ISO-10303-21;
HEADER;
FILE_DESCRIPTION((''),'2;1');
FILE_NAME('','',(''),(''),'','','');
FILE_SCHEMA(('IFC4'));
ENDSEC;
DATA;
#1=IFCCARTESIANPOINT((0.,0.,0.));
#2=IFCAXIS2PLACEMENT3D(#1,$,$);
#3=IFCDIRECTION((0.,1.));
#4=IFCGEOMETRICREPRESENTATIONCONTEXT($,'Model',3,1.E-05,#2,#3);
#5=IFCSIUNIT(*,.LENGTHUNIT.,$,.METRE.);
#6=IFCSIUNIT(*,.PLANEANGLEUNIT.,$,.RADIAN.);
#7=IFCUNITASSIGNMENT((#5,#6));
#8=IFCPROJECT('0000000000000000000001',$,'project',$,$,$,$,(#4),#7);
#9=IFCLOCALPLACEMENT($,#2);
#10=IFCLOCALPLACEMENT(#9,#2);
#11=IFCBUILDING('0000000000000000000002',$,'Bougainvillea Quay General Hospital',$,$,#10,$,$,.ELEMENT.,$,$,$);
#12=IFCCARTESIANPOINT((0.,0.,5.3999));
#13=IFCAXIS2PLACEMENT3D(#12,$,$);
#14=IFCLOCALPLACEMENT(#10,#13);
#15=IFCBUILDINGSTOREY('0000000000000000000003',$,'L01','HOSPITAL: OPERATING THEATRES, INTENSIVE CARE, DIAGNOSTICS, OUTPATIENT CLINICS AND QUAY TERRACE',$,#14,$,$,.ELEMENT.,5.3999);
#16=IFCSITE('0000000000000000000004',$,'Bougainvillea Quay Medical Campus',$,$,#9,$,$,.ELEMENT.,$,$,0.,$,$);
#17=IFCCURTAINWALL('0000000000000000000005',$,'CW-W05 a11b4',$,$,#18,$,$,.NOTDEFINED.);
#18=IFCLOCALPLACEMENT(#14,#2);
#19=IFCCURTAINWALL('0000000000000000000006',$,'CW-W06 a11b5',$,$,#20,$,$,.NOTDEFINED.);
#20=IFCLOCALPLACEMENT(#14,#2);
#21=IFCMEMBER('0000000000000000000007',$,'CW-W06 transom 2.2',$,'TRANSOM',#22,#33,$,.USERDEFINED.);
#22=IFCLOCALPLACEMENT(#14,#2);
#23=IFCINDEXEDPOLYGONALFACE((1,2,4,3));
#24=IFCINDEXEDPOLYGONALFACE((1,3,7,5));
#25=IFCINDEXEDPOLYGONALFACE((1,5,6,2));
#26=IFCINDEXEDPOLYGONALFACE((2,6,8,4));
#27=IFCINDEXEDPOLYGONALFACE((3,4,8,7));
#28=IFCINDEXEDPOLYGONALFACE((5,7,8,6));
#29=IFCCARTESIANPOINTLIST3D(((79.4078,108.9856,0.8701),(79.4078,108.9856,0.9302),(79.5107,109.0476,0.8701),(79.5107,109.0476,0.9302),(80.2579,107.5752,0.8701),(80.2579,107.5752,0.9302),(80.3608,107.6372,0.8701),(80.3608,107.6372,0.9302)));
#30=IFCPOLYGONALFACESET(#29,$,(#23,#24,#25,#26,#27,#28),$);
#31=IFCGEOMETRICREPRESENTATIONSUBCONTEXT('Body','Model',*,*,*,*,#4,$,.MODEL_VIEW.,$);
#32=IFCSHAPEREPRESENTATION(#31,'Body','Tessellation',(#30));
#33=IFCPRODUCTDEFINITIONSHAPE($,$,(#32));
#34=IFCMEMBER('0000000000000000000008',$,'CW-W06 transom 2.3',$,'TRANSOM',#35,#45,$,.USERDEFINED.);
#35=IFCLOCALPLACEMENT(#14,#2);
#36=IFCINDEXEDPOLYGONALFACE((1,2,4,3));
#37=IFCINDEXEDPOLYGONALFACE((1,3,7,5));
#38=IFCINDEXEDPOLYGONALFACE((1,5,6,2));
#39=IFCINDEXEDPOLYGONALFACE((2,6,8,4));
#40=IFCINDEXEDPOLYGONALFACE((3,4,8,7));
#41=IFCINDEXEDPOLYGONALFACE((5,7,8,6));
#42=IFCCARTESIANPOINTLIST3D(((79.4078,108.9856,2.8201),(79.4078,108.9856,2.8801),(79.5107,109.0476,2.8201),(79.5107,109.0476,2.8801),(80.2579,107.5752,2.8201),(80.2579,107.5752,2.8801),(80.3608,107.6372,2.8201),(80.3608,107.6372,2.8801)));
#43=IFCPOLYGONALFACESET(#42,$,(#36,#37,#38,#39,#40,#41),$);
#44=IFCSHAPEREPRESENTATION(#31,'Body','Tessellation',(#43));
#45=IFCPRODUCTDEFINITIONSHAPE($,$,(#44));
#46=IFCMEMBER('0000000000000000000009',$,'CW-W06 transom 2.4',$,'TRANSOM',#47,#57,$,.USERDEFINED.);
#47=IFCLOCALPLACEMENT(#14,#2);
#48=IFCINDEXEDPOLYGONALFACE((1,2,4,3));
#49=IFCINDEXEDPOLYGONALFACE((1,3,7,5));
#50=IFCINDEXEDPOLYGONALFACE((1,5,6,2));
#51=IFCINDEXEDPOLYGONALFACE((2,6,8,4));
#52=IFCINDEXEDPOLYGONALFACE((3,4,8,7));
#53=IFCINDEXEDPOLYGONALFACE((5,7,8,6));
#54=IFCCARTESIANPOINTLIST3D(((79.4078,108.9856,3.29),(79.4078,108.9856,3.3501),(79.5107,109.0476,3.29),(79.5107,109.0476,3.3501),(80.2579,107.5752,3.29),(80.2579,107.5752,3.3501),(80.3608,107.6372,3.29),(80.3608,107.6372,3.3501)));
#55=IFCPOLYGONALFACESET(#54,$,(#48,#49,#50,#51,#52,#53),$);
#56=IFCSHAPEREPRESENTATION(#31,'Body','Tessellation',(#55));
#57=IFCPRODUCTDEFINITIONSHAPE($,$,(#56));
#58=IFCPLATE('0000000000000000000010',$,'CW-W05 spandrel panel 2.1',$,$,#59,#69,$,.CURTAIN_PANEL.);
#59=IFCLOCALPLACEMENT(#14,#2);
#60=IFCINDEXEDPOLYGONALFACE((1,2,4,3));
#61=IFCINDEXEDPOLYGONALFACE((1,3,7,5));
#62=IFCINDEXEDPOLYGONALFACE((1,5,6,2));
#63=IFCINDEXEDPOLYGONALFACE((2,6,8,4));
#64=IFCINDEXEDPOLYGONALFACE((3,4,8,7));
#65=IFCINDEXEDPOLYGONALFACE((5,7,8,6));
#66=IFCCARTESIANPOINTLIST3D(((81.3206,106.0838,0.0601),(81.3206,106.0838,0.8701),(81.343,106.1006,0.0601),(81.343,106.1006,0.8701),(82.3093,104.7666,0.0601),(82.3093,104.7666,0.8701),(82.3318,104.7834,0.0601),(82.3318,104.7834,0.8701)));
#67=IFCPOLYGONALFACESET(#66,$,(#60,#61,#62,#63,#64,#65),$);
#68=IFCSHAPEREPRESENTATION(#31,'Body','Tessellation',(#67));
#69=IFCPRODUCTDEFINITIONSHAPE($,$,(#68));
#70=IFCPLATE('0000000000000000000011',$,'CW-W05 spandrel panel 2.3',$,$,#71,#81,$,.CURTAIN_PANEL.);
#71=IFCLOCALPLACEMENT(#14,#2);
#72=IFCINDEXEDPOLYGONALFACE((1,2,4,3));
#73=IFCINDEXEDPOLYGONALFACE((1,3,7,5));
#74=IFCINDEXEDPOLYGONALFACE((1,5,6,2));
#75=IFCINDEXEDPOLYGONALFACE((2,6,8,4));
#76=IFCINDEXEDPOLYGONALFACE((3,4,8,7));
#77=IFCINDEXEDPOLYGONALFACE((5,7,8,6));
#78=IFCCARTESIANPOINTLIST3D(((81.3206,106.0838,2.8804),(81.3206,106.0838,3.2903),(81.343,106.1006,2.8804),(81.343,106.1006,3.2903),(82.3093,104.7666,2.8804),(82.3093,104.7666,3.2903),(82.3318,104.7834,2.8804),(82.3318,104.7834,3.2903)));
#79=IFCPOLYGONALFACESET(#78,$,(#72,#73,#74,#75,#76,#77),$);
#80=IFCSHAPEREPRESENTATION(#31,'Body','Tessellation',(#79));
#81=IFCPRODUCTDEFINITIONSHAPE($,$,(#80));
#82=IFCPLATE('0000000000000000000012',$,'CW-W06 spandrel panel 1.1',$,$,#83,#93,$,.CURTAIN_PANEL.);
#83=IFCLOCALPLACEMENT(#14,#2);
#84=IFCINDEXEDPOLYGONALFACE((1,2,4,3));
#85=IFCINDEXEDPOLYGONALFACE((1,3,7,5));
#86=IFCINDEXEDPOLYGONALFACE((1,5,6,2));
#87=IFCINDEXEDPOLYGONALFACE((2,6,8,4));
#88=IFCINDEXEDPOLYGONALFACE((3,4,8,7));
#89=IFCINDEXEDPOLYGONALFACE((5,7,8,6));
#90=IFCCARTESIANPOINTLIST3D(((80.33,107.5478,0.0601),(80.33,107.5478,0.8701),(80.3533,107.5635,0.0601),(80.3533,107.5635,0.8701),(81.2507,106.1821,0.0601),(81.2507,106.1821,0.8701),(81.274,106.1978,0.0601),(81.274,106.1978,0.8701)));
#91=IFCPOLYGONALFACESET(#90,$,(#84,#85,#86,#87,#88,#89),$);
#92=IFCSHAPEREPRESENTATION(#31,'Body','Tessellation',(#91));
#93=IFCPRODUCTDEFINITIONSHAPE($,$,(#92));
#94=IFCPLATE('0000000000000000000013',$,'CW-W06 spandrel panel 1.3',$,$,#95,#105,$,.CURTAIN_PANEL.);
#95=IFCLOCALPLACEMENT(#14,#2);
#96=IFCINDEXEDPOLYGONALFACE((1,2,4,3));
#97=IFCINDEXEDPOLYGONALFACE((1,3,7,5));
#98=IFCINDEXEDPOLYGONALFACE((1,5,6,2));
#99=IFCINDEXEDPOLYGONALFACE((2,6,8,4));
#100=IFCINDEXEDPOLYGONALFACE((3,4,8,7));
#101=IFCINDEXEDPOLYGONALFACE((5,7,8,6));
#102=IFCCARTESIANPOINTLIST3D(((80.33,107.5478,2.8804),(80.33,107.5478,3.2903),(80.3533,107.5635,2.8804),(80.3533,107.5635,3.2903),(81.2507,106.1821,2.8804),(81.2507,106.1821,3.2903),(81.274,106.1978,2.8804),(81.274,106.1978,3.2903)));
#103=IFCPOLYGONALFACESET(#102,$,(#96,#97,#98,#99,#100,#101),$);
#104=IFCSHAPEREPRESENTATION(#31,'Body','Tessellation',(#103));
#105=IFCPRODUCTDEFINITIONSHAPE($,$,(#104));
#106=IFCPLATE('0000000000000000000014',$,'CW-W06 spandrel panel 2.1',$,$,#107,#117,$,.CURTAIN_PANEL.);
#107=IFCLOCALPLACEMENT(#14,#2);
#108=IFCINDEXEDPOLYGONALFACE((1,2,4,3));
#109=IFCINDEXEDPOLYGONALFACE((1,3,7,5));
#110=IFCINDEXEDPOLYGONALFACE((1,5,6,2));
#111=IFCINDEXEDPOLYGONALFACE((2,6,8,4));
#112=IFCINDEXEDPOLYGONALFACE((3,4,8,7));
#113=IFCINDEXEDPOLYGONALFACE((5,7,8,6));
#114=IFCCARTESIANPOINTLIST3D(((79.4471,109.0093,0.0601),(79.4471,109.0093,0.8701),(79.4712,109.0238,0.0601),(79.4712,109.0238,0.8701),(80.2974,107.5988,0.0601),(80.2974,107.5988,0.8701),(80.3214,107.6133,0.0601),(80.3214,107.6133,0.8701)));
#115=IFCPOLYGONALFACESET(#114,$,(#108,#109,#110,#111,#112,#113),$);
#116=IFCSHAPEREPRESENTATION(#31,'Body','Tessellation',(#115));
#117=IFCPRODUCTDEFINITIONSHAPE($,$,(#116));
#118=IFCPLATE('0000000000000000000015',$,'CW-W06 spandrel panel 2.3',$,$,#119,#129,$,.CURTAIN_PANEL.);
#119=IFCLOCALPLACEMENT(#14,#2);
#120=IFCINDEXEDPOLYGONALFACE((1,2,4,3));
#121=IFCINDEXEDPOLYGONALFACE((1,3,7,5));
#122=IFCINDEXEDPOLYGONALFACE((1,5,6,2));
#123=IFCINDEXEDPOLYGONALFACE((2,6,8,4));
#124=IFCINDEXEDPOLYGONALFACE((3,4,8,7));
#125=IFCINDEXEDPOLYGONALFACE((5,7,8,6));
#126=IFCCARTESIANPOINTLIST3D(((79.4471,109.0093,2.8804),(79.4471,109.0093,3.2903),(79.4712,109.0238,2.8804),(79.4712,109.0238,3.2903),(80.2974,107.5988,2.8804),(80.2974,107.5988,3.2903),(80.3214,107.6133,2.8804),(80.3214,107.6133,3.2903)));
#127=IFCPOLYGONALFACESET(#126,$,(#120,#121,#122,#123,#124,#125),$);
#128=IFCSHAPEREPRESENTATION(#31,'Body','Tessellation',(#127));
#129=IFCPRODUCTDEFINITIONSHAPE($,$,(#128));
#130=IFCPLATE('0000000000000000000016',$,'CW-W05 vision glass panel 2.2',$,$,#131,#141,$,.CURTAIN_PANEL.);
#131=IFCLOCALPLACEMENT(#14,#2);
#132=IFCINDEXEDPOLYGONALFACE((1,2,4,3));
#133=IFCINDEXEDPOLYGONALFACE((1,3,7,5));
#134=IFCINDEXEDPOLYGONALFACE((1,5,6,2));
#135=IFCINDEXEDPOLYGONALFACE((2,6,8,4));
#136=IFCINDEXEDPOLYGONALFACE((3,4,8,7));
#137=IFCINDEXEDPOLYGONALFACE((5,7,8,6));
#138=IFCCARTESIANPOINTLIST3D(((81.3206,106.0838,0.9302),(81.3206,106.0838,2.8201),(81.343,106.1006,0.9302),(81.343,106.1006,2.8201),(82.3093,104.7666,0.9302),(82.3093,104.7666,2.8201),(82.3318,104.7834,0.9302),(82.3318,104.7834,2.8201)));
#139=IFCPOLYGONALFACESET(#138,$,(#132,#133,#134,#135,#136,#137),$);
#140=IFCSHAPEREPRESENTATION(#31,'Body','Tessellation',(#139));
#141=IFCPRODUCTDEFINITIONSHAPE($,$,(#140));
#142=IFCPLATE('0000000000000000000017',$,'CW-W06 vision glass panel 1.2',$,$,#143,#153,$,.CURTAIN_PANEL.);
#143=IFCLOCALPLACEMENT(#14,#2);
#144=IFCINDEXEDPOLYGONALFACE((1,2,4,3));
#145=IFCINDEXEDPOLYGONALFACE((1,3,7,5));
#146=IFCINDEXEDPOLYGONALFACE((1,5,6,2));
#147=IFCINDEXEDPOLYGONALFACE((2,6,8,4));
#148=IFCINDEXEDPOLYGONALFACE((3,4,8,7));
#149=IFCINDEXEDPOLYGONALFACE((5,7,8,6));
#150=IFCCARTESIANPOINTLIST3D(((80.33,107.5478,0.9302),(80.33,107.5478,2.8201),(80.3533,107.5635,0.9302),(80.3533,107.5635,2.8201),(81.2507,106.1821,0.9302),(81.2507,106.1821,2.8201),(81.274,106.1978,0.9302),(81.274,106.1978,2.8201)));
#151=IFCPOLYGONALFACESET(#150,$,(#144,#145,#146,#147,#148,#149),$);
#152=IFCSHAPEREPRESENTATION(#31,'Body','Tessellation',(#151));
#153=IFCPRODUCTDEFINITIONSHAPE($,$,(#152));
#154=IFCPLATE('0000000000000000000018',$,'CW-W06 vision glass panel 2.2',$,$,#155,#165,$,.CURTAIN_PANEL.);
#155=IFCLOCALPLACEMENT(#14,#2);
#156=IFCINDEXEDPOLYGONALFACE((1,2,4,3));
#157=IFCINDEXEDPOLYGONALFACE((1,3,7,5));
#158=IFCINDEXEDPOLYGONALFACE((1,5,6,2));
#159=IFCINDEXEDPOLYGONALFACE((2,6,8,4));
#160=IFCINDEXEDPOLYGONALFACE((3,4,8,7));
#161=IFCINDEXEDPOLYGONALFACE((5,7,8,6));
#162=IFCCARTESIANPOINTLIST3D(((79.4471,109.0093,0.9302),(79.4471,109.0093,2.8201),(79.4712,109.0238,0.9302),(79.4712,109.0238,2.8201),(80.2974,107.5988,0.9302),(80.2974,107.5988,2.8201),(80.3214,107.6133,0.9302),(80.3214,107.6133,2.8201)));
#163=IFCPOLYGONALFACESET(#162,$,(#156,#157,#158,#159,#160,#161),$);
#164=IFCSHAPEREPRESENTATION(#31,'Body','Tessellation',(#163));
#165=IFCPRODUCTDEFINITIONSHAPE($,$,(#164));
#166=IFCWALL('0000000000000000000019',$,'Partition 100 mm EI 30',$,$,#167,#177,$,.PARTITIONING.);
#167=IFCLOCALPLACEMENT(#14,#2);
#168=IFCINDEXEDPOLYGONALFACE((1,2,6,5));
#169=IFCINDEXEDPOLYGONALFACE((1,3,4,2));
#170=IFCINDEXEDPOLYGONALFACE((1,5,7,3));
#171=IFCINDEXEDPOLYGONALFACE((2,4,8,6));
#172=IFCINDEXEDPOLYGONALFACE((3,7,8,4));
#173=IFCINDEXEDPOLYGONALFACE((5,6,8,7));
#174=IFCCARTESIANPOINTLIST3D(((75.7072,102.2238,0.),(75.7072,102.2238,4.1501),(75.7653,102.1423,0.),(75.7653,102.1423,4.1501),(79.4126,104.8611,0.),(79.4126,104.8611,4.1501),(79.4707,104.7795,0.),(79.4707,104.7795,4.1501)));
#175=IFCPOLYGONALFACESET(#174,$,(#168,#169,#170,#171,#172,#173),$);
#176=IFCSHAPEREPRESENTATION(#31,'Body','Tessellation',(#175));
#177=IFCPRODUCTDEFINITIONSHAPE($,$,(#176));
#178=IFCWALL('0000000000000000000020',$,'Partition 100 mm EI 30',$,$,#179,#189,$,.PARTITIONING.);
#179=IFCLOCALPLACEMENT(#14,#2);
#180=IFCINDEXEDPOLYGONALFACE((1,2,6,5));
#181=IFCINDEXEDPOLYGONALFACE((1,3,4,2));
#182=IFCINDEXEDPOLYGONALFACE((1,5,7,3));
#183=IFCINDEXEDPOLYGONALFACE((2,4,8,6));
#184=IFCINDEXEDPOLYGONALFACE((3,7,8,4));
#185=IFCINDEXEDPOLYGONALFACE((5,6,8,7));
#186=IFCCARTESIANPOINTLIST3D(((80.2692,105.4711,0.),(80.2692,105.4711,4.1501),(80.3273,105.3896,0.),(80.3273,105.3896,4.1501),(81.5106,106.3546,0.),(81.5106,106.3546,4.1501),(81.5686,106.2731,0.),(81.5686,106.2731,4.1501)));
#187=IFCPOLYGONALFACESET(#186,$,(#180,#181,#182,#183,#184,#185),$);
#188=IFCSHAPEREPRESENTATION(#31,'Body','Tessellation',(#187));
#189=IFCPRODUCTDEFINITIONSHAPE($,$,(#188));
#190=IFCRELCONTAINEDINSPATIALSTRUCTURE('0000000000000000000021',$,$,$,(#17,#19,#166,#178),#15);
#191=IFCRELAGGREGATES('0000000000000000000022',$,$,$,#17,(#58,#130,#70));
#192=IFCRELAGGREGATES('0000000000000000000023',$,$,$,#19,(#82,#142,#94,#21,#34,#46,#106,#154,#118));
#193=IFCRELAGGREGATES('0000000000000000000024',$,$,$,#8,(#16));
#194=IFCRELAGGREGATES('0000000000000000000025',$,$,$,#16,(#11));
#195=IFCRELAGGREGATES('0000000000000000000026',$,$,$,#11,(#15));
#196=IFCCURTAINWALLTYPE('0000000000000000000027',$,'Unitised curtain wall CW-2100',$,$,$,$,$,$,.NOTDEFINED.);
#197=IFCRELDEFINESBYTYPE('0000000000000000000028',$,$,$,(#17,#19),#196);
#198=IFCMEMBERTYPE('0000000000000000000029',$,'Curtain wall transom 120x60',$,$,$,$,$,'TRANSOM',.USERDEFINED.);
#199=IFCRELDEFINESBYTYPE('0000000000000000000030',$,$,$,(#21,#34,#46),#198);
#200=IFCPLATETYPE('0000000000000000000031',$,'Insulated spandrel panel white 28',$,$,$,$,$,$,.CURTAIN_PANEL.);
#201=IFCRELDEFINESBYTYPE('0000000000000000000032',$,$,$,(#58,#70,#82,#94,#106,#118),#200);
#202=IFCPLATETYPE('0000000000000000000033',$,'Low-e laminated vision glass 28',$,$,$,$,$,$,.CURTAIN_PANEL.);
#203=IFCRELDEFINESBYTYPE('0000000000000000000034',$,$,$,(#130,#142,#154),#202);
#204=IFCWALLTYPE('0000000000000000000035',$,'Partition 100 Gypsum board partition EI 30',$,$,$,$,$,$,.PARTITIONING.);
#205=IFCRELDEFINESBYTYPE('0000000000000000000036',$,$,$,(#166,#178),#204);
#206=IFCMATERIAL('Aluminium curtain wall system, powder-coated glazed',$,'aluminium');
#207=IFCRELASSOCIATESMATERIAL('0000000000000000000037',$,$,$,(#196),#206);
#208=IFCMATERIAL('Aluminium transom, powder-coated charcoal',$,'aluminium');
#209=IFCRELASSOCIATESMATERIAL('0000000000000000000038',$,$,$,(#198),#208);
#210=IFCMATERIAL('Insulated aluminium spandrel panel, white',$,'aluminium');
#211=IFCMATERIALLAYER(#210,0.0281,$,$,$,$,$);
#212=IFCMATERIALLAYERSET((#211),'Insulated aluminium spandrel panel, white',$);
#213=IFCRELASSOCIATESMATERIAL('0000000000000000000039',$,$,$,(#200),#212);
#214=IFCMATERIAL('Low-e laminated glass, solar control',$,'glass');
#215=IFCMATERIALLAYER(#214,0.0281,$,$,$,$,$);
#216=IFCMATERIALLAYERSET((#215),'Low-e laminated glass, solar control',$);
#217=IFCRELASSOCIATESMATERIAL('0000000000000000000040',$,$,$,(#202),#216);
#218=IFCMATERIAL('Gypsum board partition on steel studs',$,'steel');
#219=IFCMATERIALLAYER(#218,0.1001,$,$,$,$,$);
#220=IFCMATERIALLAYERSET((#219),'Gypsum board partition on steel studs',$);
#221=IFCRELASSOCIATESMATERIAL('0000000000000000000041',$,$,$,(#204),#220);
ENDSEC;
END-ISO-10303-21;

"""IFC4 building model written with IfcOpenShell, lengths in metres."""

from ifc_helpers import new_model, si_unit, direction, frame, frame_2d, origin, origin_2d, place, context, subcontext, project, spatial, rectangle, extrude, material, layer, layer_set, material_profile, profile_set, type_object, element, aggregate, save


model = new_model("IFC4")

# Units and contexts
model_context = context("Model", 3, precision=1e-05, world=origin(), true_north=direction((0.0, 1.0)))
body_context = subcontext(model_context, "Body", "Model", "MODEL_VIEW")
ifc_project = project(units=[si_unit("LENGTHUNIT", "METRE"), si_unit("PLANEANGLEUNIT", "RADIAN")], contexts=[model_context])

# Site, building, storey
site_placement = place(None, origin())
site = spatial("IfcSite", under=ifc_project, at=site_placement, Name="Bougainvillea Quay Medical Campus", CompositionType="ELEMENT", RefElevation=0.0)
building_placement = place(site_placement, origin())
building = spatial("IfcBuilding", under=site, at=building_placement, Name="Bougainvillea Quay General Hospital", CompositionType="ELEMENT")
storey_placement = place(building_placement, frame((0.0, 0.0, 5.3999)))
storey = spatial("IfcBuildingStorey", under=building, at=storey_placement, Name="L01", Description="HOSPITAL: OPERATING THEATRES, INTENSIVE CARE, DIAGNOSTICS, OUTPATIENT CLINICS AND QUAY TERRACE", CompositionType="ELEMENT", Elevation=5.3999)

# Curtain wall
ifc_material_1 = material(Name="Aluminium curtain wall system, powder-coated glazed", Category="aluminium")
curtain_wall_type = type_object("IfcCurtainWallType", Name="Unitised curtain wall CW-2100", PredefinedType="NOTDEFINED", material=ifc_material_1)
curtain_wall_1_placement = place(storey_placement, origin())
curtain_wall_1 = element("IfcCurtainWall", 1, at=curtain_wall_1_placement, inside=storey, type_object=curtain_wall_type, Name="CW-W05 a11b4", PredefinedType="NOTDEFINED")

# Curtain wall
curtain_wall_2_placement = place(storey_placement, origin())
curtain_wall_2 = element("IfcCurtainWall", 2, at=curtain_wall_2_placement, inside=storey, type_object=curtain_wall_type, Name="CW-W06 a11b5", PredefinedType="NOTDEFINED")

# Members
ifc_material_2 = material(Name="Aluminium transom, powder-coated charcoal", Category="aluminium")
ifc_material_profile_1 = material_profile(ifc_material_2, rectangle(XDim=0.1201, YDim=0.0601, at=origin_2d()))
ifc_profile_set_1 = profile_set([ifc_material_profile_1], Name="Aluminium transom, powder-coated charcoal")
member_type_1 = type_object("IfcMemberType", Name="Curtain wall transom 120x60", ElementType="TRANSOM", PredefinedType="USERDEFINED", material=ifc_profile_set_1)
member_1_placement = place(storey_placement, frame((80.3093, 107.6062, 0.9001), z_axis=(-0.516217, 0.856458, 0.0), x_axis=(-0.856458, -0.516217, 0.0)))
member_1 = element("IfcMember", 3, at=member_1_placement, type_object=member_type_1, Name="CW-W06 transom 2.2", ObjectType="TRANSOM", PredefinedType="USERDEFINED", context=body_context, shape_type="SweptSolid", body=[
    extrude(rectangle(XDim=0.1201, YDim=0.0601, at=origin_2d()), origin(), (0.0, 0.0, 1.0), 1.6467),
])
member_2_placement = place(storey_placement, frame((80.3093, 107.6062, 2.8501), z_axis=(-0.516217, 0.856458, 0.0), x_axis=(-0.856458, -0.516217, 0.0)))
member_2 = element("IfcMember", 4, at=member_2_placement, type_object=member_type_1, Name="CW-W06 transom 2.3", ObjectType="TRANSOM", PredefinedType="USERDEFINED", context=body_context, shape_type="SweptSolid", body=[
    extrude(rectangle(XDim=0.1201, YDim=0.0601, at=origin_2d()), origin(), (0.0, 0.0, 1.0), 1.6467),
])
member_3_placement = place(storey_placement, frame((80.3093, 107.6062, 3.3201), z_axis=(-0.516217, 0.856458, 0.0), x_axis=(-0.856458, -0.516217, 0.0)))
member_3 = element("IfcMember", 5, at=member_3_placement, type_object=member_type_1, Name="CW-W06 transom 2.4", ObjectType="TRANSOM", PredefinedType="USERDEFINED", context=body_context, shape_type="SweptSolid", body=[
    extrude(rectangle(XDim=0.1201, YDim=0.0601, at=origin_2d()), origin(), (0.0, 0.0, 1.0), 1.6467),
])

# Plates
ifc_material_3 = material(Name="Insulated aluminium spandrel panel, white", Category="aluminium")
ifc_layer_1 = layer(ifc_material_3, 0.0281)
ifc_layer_set_1 = layer_set([ifc_layer_1], Name="Insulated aluminium spandrel panel, white")
plate_type_1 = type_object("IfcPlateType", Name="Insulated spandrel panel white 28", PredefinedType="CURTAIN_PANEL", material=ifc_layer_set_1)
plate_1_placement = place(storey_placement, frame((81.8262, 105.4336, 0.0601), z_axis=(0.0, 0.0, 1.0), x_axis=(-0.600323, 0.799758, 0.0)))
plate_1 = element("IfcPlate", 6, at=plate_1_placement, type_object=plate_type_1, Name="CW-W05 spandrel panel 2.1", PredefinedType="CURTAIN_PANEL", context=body_context, shape_type="SweptSolid", body=[
    extrude(rectangle(XDim=1.647, YDim=0.0281, at=origin_2d()), origin(), (0.0, 0.0, 1.0), 0.8101),
])
plate_2_placement = place(storey_placement, frame((81.8262, 105.4336, 2.8804), z_axis=(0.0, 0.0, 1.0), x_axis=(-0.600323, 0.799758, 0.0)))
plate_2 = element("IfcPlate", 7, at=plate_2_placement, type_object=plate_type_1, Name="CW-W05 spandrel panel 2.3", PredefinedType="CURTAIN_PANEL", context=body_context, shape_type="SweptSolid", body=[
    extrude(rectangle(XDim=1.647, YDim=0.0281, at=origin_2d()), origin(), (0.0, 0.0, 1.0), 0.4099),
])
plate_3_placement = place(storey_placement, frame((80.802, 106.8728, 0.0601), z_axis=(0.0, 0.0, 1.0), x_axis=(-0.559005, 0.829164, 0.0)))
plate_3 = element("IfcPlate", 8, at=plate_3_placement, type_object=plate_type_1, Name="CW-W06 spandrel panel 1.1", PredefinedType="CURTAIN_PANEL", context=body_context, shape_type="SweptSolid", body=[
    extrude(rectangle(XDim=1.647, YDim=0.0281, at=origin_2d()), origin(), (0.0, 0.0, 1.0), 0.8101),
])
plate_4_placement = place(storey_placement, frame((80.802, 106.8728, 2.8804), z_axis=(0.0, 0.0, 1.0), x_axis=(-0.559005, 0.829164, 0.0)))
plate_4 = element("IfcPlate", 9, at=plate_4_placement, type_object=plate_type_1, Name="CW-W06 spandrel panel 1.3", PredefinedType="CURTAIN_PANEL", context=body_context, shape_type="SweptSolid", body=[
    extrude(rectangle(XDim=1.647, YDim=0.0281, at=origin_2d()), origin(), (0.0, 0.0, 1.0), 0.4099),
])
plate_5_placement = place(storey_placement, frame((79.8843, 108.3113, 0.0601), z_axis=(0.0, 0.0, 1.0), x_axis=(-0.516249, 0.856438, 0.0)))
plate_5 = element("IfcPlate", 10, at=plate_5_placement, type_object=plate_type_1, Name="CW-W06 spandrel panel 2.1", PredefinedType="CURTAIN_PANEL", context=body_context, shape_type="SweptSolid", body=[
    extrude(rectangle(XDim=1.647, YDim=0.0281, at=origin_2d()), origin(), (0.0, 0.0, 1.0), 0.8101),
])
plate_6_placement = place(storey_placement, frame((79.8843, 108.3113, 2.8804), z_axis=(0.0, 0.0, 1.0), x_axis=(-0.516249, 0.856438, 0.0)))
plate_6 = element("IfcPlate", 11, at=plate_6_placement, type_object=plate_type_1, Name="CW-W06 spandrel panel 2.3", PredefinedType="CURTAIN_PANEL", context=body_context, shape_type="SweptSolid", body=[
    extrude(rectangle(XDim=1.647, YDim=0.0281, at=origin_2d()), origin(), (0.0, 0.0, 1.0), 0.4099),
])
ifc_material_4 = material(Name="Low-e laminated glass, solar control", Category="glass")
ifc_layer_2 = layer(ifc_material_4, 0.0281)
ifc_layer_set_2 = layer_set([ifc_layer_2], Name="Low-e laminated glass, solar control")
plate_type_2 = type_object("IfcPlateType", Name="Low-e laminated vision glass 28", PredefinedType="CURTAIN_PANEL", material=ifc_layer_set_2)
plate_7_placement = place(storey_placement, frame((81.8262, 105.4336, 0.9302), z_axis=(0.0, 0.0, 1.0), x_axis=(-0.600323, 0.799758, 0.0)))
plate_7 = element("IfcPlate", 12, at=plate_7_placement, type_object=plate_type_2, Name="CW-W05 vision glass panel 2.2", PredefinedType="CURTAIN_PANEL", context=body_context, shape_type="SweptSolid", body=[
    extrude(rectangle(XDim=1.647, YDim=0.0281, at=origin_2d()), origin(), (0.0, 0.0, 1.0), 1.8899),
])
aggregate(curtain_wall_1, [plate_1, plate_7, plate_2])
plate_8_placement = place(storey_placement, frame((80.802, 106.8728, 0.9302), z_axis=(0.0, 0.0, 1.0), x_axis=(-0.559005, 0.829164, 0.0)))
plate_8 = element("IfcPlate", 13, at=plate_8_placement, type_object=plate_type_2, Name="CW-W06 vision glass panel 1.2", PredefinedType="CURTAIN_PANEL", context=body_context, shape_type="SweptSolid", body=[
    extrude(rectangle(XDim=1.647, YDim=0.0281, at=origin_2d()), origin(), (0.0, 0.0, 1.0), 1.8899),
])
plate_9_placement = place(storey_placement, frame((79.8843, 108.3113, 0.9302), z_axis=(0.0, 0.0, 1.0), x_axis=(-0.516249, 0.856438, 0.0)))
plate_9 = element("IfcPlate", 14, at=plate_9_placement, type_object=plate_type_2, Name="CW-W06 vision glass panel 2.2", PredefinedType="CURTAIN_PANEL", context=body_context, shape_type="SweptSolid", body=[
    extrude(rectangle(XDim=1.647, YDim=0.0281, at=origin_2d()), origin(), (0.0, 0.0, 1.0), 1.8899),
])
aggregate(curtain_wall_2, [plate_3, plate_8, plate_4, member_1, member_2, member_3, plate_5, plate_9, plate_6])

# Walls
ifc_material_5 = material(Name="Gypsum board partition on steel studs", Category="steel")
ifc_layer_3 = layer(ifc_material_5, 0.1001)
ifc_layer_set_3 = layer_set([ifc_layer_3], Name="Gypsum board partition on steel studs")
wall_type_1 = type_object("IfcWallType", Name="Partition 100 Gypsum board partition EI 30", PredefinedType="PARTITIONING", material=ifc_layer_set_3)
wall_1_placement = place(storey_placement, frame((75.7363, 102.1831, 0.0), z_axis=(0.0, 0.0, 1.0), x_axis=(0.814715, 0.579861, 0.0)))
element("IfcWall", 15, at=wall_1_placement, inside=storey, type_object=wall_type_1, Name="Partition 100 mm EI 30", PredefinedType="PARTITIONING", context=body_context, shape_type="SweptSolid", body=[
    extrude(rectangle(XDim=4.5481, YDim=0.1001, at=frame_2d((2.2739, 0.0))), origin(), (0.0, 0.0, 1.0), 4.1501),
])
wall_2_placement = place(storey_placement, frame((80.2983, 105.4304, 0.0), z_axis=(0.0, 0.0, 1.0), x_axis=(0.814728, 0.579843, 0.0)))
element("IfcWall", 16, at=wall_2_placement, inside=storey, type_object=wall_type_1, Name="Partition 100 mm EI 30", PredefinedType="PARTITIONING", context=body_context, shape_type="SweptSolid", body=[
    extrude(rectangle(XDim=1.5237, YDim=0.1001, at=frame_2d((0.7617, 0.0))), origin(), (0.0, 0.0, 1.0), 4.1501),
])

save(model, "model.ifc")
